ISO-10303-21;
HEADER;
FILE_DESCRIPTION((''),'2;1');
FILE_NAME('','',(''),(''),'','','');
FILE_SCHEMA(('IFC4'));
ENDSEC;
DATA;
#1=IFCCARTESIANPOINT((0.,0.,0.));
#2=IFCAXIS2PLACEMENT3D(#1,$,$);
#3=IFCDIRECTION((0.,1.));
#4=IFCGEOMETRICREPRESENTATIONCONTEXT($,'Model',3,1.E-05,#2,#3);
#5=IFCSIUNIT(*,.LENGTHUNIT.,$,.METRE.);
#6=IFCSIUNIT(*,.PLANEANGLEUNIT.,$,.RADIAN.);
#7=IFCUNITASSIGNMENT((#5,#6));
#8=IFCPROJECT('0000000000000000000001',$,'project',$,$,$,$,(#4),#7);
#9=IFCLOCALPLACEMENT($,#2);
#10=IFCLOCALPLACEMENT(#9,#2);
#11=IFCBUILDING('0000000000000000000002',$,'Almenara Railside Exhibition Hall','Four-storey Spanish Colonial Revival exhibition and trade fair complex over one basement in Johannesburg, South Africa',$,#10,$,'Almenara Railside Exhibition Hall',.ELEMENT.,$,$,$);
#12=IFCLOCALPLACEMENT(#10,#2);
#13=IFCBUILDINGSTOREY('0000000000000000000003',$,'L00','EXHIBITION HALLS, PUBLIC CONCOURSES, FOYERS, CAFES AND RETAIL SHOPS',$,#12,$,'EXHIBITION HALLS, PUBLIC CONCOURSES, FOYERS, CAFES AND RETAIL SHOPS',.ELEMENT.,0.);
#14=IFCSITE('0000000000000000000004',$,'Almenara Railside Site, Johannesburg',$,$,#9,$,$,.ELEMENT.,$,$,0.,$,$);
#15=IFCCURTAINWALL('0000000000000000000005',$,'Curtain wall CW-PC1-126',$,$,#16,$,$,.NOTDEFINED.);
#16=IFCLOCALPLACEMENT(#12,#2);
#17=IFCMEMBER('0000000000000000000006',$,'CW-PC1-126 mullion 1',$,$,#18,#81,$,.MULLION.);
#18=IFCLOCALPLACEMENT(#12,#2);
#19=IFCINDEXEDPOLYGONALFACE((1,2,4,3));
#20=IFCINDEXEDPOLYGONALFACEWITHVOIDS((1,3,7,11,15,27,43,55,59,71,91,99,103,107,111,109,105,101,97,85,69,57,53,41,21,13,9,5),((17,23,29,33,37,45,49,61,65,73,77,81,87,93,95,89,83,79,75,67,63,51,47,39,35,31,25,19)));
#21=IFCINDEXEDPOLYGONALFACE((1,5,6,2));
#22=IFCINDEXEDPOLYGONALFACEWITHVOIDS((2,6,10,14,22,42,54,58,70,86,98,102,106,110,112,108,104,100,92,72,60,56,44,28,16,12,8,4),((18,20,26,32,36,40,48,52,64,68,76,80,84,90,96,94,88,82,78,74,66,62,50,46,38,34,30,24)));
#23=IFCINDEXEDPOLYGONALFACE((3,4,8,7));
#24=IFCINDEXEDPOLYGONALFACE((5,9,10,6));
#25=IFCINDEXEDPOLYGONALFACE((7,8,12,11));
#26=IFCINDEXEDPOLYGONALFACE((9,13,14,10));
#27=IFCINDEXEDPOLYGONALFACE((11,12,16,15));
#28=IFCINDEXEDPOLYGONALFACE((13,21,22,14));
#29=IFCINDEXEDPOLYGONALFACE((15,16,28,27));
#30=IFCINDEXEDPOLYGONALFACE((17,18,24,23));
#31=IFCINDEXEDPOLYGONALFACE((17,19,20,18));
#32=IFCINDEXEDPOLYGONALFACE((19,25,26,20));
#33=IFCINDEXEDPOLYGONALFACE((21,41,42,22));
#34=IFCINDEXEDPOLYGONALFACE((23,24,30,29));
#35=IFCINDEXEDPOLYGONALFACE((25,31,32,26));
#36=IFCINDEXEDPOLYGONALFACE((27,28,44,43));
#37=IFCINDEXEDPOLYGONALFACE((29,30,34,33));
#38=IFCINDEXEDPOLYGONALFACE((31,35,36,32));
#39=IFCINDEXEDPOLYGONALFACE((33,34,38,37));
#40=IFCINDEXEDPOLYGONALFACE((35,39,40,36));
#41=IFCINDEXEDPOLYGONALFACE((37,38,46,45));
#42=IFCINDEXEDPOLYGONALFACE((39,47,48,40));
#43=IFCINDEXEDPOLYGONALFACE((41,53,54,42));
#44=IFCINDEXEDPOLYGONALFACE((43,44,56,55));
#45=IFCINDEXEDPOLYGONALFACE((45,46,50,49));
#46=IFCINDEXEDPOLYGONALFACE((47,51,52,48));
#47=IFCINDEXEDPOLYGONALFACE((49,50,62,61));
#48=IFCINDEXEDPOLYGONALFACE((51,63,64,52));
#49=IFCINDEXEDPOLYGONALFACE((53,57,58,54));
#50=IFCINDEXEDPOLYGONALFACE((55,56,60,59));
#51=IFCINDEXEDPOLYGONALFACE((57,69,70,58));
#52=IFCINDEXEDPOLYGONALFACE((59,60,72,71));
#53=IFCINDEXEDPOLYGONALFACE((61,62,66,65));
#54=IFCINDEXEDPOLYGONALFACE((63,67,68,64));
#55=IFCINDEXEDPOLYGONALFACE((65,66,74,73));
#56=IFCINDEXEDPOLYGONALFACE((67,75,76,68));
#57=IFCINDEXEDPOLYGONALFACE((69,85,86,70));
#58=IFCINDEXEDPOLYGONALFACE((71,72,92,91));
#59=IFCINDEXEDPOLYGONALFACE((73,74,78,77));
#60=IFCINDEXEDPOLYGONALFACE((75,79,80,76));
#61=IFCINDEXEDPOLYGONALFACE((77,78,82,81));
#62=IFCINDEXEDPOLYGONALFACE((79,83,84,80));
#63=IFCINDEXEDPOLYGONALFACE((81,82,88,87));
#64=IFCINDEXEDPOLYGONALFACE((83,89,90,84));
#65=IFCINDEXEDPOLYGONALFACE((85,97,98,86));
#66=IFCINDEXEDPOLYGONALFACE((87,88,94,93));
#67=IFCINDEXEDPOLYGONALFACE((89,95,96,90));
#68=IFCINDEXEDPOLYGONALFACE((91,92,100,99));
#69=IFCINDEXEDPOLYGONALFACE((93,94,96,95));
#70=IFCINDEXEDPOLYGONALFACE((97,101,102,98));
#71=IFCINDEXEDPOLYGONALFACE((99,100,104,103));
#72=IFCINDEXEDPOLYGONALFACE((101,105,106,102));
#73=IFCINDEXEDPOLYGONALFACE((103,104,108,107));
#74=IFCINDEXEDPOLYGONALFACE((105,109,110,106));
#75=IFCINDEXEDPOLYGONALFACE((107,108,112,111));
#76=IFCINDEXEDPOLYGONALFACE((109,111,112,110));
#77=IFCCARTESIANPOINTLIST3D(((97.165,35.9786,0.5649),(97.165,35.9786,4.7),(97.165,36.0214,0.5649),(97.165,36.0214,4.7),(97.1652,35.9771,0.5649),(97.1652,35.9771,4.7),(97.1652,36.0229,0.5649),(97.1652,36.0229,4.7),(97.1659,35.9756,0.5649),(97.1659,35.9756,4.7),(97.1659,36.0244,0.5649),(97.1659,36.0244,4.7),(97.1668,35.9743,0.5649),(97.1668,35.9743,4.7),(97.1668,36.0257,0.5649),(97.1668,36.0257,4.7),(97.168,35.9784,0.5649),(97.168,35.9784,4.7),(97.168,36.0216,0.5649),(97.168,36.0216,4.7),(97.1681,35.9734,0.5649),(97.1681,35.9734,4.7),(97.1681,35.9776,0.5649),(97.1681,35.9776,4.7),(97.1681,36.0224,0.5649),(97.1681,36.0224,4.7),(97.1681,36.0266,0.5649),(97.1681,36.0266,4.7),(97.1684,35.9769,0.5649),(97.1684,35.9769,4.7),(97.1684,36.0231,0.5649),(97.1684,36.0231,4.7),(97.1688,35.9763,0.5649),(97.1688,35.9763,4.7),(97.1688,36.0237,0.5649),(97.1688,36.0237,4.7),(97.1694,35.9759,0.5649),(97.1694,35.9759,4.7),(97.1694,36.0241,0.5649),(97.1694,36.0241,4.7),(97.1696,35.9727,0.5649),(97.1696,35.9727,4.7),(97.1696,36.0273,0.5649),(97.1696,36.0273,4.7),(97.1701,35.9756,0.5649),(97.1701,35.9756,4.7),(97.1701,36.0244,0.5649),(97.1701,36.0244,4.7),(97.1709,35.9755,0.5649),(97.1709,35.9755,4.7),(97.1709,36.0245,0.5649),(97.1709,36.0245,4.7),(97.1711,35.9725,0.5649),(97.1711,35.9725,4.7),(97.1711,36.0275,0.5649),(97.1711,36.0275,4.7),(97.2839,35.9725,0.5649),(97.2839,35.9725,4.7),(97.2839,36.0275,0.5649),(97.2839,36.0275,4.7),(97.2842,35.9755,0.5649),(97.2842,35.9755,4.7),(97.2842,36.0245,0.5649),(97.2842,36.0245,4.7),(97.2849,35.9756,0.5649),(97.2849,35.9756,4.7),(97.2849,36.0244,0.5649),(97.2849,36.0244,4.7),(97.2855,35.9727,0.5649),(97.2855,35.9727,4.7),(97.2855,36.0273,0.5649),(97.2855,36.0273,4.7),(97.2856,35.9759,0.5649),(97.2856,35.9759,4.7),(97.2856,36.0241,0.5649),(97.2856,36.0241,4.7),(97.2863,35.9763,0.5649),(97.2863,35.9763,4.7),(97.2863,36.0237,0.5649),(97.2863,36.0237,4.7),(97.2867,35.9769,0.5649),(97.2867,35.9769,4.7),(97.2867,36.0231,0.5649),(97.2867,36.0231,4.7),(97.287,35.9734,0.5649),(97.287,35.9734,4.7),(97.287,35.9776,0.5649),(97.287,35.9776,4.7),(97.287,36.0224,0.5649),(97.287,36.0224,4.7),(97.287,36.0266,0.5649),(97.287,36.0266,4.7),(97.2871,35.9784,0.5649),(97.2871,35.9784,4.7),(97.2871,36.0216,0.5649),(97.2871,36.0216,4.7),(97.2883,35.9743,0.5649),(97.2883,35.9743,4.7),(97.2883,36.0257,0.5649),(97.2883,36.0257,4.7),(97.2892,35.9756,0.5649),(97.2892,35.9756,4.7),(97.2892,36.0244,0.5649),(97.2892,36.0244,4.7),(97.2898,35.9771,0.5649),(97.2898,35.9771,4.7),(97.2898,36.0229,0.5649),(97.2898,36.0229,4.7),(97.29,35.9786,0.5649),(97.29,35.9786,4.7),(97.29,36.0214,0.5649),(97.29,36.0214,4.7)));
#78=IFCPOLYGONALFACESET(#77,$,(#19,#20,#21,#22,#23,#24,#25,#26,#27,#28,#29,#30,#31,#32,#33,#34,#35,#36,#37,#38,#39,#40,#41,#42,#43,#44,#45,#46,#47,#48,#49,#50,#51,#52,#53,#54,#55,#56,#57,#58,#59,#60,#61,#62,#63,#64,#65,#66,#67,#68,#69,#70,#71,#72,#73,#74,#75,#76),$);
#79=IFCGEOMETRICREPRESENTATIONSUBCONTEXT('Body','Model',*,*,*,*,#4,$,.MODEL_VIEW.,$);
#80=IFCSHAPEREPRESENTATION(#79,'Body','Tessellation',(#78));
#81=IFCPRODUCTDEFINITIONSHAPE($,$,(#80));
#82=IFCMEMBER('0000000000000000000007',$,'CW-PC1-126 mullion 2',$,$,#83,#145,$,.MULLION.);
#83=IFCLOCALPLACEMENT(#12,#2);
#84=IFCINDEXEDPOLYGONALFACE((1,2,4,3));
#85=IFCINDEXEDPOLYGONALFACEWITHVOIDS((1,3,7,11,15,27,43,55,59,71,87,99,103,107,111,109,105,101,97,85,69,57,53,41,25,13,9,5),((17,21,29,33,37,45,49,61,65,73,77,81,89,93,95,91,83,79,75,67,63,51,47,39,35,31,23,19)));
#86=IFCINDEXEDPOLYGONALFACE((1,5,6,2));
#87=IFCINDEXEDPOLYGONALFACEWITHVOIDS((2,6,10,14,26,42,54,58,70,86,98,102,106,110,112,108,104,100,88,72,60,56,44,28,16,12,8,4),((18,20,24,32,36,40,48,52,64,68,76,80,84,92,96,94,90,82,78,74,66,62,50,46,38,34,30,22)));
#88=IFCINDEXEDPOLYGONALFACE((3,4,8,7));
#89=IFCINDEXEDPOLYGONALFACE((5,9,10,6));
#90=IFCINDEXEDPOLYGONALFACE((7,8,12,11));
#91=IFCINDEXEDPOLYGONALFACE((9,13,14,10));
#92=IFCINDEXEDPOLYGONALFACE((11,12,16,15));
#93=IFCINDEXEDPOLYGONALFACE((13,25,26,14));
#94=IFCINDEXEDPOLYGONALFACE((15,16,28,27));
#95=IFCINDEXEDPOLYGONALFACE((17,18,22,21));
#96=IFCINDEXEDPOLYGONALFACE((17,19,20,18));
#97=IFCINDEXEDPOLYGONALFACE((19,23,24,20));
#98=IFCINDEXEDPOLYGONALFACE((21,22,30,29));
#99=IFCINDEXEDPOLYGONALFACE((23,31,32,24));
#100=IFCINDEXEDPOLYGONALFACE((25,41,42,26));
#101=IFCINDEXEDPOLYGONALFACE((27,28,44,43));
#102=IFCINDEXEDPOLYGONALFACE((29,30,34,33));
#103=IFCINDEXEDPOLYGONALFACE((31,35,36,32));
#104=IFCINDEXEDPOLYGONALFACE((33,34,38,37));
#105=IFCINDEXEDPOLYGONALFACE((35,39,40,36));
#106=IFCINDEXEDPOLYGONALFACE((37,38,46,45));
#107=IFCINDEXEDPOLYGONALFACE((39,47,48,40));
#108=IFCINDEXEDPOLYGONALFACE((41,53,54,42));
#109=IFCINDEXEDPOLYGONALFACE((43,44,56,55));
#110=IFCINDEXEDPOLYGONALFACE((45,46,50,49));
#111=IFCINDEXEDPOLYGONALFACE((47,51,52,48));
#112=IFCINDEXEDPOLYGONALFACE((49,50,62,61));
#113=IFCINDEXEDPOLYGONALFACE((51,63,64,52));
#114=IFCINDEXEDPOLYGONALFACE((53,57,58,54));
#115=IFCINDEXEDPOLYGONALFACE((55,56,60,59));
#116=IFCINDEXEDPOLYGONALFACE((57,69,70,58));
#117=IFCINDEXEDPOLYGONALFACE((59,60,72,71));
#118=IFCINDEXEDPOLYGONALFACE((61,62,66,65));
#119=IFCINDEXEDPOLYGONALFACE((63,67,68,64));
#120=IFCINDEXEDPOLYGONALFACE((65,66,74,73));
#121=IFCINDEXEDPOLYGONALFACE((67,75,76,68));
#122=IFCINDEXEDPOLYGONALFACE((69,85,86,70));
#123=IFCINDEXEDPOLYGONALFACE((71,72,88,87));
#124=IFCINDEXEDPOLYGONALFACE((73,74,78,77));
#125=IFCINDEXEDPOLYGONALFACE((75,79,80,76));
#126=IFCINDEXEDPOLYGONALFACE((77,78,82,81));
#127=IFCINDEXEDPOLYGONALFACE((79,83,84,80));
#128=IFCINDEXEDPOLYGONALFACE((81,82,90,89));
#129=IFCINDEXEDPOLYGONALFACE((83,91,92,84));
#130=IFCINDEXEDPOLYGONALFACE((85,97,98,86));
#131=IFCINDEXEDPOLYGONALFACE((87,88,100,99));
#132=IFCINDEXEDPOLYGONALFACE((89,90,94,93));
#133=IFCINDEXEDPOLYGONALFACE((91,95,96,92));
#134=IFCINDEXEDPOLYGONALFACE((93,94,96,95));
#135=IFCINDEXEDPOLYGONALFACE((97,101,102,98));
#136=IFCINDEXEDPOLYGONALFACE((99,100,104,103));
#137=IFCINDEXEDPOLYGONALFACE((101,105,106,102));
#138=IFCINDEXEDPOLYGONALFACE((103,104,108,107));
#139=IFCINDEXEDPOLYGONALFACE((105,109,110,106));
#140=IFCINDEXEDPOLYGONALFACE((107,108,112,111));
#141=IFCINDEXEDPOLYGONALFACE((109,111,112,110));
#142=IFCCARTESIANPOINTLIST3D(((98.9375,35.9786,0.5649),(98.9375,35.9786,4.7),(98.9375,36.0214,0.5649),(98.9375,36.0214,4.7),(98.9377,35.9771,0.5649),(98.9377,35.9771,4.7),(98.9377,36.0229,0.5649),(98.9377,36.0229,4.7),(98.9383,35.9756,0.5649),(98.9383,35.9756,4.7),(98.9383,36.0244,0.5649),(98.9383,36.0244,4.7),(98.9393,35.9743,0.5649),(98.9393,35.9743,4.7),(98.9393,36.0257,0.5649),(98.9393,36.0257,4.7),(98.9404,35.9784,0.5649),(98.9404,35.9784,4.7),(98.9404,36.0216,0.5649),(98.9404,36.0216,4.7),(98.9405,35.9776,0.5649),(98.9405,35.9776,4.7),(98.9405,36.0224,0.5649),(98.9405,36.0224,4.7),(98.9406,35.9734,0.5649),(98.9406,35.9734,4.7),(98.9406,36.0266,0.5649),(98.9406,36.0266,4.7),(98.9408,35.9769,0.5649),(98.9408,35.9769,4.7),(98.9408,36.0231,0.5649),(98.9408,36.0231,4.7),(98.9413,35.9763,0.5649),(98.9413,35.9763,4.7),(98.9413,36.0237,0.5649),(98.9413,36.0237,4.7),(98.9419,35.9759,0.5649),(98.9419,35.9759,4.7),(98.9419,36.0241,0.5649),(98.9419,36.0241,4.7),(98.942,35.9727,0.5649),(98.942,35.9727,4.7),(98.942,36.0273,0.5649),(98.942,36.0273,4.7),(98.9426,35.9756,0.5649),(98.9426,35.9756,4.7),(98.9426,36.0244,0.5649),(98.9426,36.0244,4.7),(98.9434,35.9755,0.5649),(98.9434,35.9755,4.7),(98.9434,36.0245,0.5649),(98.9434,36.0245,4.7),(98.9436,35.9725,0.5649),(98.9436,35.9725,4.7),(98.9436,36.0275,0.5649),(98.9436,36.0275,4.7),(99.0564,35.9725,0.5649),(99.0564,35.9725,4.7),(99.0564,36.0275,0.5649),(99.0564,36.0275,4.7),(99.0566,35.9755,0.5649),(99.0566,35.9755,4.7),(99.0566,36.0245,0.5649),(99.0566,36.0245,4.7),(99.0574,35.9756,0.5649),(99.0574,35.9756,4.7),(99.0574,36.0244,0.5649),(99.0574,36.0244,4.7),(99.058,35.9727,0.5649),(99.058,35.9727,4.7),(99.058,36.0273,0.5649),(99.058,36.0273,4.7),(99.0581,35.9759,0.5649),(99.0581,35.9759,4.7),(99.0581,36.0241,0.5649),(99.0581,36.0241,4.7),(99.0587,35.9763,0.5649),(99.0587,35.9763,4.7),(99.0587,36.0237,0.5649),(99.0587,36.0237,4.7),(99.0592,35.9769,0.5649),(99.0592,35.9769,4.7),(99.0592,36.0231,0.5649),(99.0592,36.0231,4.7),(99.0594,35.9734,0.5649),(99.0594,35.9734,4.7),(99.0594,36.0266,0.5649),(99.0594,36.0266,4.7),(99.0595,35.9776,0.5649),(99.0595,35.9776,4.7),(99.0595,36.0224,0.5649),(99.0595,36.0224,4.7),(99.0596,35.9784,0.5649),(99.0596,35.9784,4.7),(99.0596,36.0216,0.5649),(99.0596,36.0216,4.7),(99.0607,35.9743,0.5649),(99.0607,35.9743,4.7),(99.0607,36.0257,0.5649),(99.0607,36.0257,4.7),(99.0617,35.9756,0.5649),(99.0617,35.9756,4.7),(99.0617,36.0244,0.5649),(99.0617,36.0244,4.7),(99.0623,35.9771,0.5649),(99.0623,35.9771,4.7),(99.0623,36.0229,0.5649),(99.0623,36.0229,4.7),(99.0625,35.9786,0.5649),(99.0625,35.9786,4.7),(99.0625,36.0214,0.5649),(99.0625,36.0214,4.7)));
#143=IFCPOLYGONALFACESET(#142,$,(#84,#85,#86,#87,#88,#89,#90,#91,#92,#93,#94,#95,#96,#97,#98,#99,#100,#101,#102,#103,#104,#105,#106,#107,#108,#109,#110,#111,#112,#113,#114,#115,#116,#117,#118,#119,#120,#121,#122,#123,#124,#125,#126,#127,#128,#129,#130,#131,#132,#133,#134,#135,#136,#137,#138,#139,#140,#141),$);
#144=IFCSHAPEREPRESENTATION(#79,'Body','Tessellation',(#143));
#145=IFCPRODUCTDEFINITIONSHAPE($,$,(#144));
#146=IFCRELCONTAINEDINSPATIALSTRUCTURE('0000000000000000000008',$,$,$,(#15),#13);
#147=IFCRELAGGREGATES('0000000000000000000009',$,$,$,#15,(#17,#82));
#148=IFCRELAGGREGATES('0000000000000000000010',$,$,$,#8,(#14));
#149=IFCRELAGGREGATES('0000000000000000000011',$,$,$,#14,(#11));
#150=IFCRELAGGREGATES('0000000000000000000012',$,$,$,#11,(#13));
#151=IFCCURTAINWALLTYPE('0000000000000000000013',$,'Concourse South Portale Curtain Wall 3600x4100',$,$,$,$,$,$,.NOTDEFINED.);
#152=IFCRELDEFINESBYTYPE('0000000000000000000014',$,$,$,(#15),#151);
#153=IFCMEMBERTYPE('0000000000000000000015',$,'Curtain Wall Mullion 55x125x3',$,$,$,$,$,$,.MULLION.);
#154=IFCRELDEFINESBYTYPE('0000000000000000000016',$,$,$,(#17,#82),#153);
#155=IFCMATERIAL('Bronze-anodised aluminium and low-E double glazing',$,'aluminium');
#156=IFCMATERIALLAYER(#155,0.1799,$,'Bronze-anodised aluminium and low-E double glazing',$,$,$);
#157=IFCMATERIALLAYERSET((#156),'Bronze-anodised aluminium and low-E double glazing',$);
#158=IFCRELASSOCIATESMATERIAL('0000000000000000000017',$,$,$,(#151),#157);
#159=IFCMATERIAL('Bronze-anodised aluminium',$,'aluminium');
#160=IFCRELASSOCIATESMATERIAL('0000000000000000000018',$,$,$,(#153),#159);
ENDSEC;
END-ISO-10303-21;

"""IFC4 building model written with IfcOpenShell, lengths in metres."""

from ifc_helpers import new_model, si_unit, direction, frame, origin, origin_2d, place, context, subcontext, project, spatial, hollow_rectangle, extrude, material, layer, layer_set, material_profile, profile_set, type_object, element, aggregate, save


model = new_model("IFC4")

# Units and contexts
model_context = context("Model", 3, precision=1e-05, world=origin(), true_north=direction((0.0, 1.0)))
body_context = subcontext(model_context, "Body", "Model", "MODEL_VIEW")
ifc_project = project(units=[si_unit("LENGTHUNIT", "METRE"), si_unit("PLANEANGLEUNIT", "RADIAN")], contexts=[model_context])

# Site, building, storey
site_placement = place(None, origin())
site = spatial("IfcSite", under=ifc_project, at=site_placement, Name="Almenara Railside Site, Johannesburg", CompositionType="ELEMENT", RefElevation=0.0)
building_placement = place(site_placement, origin())
building = spatial("IfcBuilding", under=site, at=building_placement, Name="Almenara Railside Exhibition Hall", Description="Four-storey Spanish Colonial Revival exhibition and trade fair complex over one basement in Johannesburg, South Africa", LongName="Almenara Railside Exhibition Hall", CompositionType="ELEMENT")
storey_placement = place(building_placement, origin())
storey = spatial("IfcBuildingStorey", under=building, at=storey_placement, Name="L00", Description="EXHIBITION HALLS, PUBLIC CONCOURSES, FOYERS, CAFES AND RETAIL SHOPS", LongName="EXHIBITION HALLS, PUBLIC CONCOURSES, FOYERS, CAFES AND RETAIL SHOPS", CompositionType="ELEMENT", Elevation=0.0)

# Curtain wall, members
ifc_material_1 = material(Name="Bronze-anodised aluminium and low-E double glazing", Category="aluminium")
ifc_layer_1 = layer(ifc_material_1, 0.1799, Name="Bronze-anodised aluminium and low-E double glazing")
ifc_layer_set_1 = layer_set([ifc_layer_1], Name="Bronze-anodised aluminium and low-E double glazing")
curtain_wall_type = type_object("IfcCurtainWallType", Name="Concourse South Portale Curtain Wall 3600x4100", PredefinedType="NOTDEFINED", material=ifc_layer_set_1)
curtain_wall_1_placement = place(storey_placement, origin())
curtain_wall_1 = element("IfcCurtainWall", 1, at=curtain_wall_1_placement, inside=storey, type_object=curtain_wall_type, Name="Curtain wall CW-PC1-126", PredefinedType="NOTDEFINED")
ifc_material_2 = material(Name="Bronze-anodised aluminium", Category="aluminium")
ifc_material_profile_1 = material_profile(ifc_material_2, hollow_rectangle(XDim=0.0549, YDim=0.125, WallThickness=0.0029, InnerFilletRadius=0.0029, OuterFilletRadius=0.0061, at=origin_2d()), Name="ALU-MUL 55x125x3")
ifc_profile_set_1 = profile_set([ifc_material_profile_1], Name="Bronze-anodised aluminium")
member_type_1 = type_object("IfcMemberType", Name="Curtain Wall Mullion 55x125x3", PredefinedType="MULLION", material=ifc_profile_set_1)
member_1_placement = place(storey_placement, frame((97.2275, 36.0, 0.5649), z_axis=(0.0, 0.0, 1.0), x_axis=(0.0, 1.0, 0.0)))
member_1 = element("IfcMember", 2, at=member_1_placement, type_object=member_type_1, Name="CW-PC1-126 mullion 1", PredefinedType="MULLION", context=body_context, shape_type="SweptSolid", body=[
    extrude(hollow_rectangle(XDim=0.0549, YDim=0.125, WallThickness=0.0029, InnerFilletRadius=0.0029, OuterFilletRadius=0.0061, at=origin_2d()), origin(), (0.0, 0.0, 1.0), 4.135),
])
member_2_placement = place(storey_placement, frame((99.0, 36.0, 0.5649), z_axis=(0.0, 0.0, 1.0), x_axis=(0.0, 1.0, 0.0)))
member_2 = element("IfcMember", 3, at=member_2_placement, type_object=member_type_1, Name="CW-PC1-126 mullion 2", PredefinedType="MULLION", context=body_context, shape_type="SweptSolid", body=[
    extrude(hollow_rectangle(XDim=0.0549, YDim=0.125, WallThickness=0.0029, InnerFilletRadius=0.0029, OuterFilletRadius=0.0061, at=origin_2d()), origin(), (0.0, 0.0, 1.0), 4.135),
])

aggregate(curtain_wall_1, [member_1, member_2])

save(model, "model.ifc")
